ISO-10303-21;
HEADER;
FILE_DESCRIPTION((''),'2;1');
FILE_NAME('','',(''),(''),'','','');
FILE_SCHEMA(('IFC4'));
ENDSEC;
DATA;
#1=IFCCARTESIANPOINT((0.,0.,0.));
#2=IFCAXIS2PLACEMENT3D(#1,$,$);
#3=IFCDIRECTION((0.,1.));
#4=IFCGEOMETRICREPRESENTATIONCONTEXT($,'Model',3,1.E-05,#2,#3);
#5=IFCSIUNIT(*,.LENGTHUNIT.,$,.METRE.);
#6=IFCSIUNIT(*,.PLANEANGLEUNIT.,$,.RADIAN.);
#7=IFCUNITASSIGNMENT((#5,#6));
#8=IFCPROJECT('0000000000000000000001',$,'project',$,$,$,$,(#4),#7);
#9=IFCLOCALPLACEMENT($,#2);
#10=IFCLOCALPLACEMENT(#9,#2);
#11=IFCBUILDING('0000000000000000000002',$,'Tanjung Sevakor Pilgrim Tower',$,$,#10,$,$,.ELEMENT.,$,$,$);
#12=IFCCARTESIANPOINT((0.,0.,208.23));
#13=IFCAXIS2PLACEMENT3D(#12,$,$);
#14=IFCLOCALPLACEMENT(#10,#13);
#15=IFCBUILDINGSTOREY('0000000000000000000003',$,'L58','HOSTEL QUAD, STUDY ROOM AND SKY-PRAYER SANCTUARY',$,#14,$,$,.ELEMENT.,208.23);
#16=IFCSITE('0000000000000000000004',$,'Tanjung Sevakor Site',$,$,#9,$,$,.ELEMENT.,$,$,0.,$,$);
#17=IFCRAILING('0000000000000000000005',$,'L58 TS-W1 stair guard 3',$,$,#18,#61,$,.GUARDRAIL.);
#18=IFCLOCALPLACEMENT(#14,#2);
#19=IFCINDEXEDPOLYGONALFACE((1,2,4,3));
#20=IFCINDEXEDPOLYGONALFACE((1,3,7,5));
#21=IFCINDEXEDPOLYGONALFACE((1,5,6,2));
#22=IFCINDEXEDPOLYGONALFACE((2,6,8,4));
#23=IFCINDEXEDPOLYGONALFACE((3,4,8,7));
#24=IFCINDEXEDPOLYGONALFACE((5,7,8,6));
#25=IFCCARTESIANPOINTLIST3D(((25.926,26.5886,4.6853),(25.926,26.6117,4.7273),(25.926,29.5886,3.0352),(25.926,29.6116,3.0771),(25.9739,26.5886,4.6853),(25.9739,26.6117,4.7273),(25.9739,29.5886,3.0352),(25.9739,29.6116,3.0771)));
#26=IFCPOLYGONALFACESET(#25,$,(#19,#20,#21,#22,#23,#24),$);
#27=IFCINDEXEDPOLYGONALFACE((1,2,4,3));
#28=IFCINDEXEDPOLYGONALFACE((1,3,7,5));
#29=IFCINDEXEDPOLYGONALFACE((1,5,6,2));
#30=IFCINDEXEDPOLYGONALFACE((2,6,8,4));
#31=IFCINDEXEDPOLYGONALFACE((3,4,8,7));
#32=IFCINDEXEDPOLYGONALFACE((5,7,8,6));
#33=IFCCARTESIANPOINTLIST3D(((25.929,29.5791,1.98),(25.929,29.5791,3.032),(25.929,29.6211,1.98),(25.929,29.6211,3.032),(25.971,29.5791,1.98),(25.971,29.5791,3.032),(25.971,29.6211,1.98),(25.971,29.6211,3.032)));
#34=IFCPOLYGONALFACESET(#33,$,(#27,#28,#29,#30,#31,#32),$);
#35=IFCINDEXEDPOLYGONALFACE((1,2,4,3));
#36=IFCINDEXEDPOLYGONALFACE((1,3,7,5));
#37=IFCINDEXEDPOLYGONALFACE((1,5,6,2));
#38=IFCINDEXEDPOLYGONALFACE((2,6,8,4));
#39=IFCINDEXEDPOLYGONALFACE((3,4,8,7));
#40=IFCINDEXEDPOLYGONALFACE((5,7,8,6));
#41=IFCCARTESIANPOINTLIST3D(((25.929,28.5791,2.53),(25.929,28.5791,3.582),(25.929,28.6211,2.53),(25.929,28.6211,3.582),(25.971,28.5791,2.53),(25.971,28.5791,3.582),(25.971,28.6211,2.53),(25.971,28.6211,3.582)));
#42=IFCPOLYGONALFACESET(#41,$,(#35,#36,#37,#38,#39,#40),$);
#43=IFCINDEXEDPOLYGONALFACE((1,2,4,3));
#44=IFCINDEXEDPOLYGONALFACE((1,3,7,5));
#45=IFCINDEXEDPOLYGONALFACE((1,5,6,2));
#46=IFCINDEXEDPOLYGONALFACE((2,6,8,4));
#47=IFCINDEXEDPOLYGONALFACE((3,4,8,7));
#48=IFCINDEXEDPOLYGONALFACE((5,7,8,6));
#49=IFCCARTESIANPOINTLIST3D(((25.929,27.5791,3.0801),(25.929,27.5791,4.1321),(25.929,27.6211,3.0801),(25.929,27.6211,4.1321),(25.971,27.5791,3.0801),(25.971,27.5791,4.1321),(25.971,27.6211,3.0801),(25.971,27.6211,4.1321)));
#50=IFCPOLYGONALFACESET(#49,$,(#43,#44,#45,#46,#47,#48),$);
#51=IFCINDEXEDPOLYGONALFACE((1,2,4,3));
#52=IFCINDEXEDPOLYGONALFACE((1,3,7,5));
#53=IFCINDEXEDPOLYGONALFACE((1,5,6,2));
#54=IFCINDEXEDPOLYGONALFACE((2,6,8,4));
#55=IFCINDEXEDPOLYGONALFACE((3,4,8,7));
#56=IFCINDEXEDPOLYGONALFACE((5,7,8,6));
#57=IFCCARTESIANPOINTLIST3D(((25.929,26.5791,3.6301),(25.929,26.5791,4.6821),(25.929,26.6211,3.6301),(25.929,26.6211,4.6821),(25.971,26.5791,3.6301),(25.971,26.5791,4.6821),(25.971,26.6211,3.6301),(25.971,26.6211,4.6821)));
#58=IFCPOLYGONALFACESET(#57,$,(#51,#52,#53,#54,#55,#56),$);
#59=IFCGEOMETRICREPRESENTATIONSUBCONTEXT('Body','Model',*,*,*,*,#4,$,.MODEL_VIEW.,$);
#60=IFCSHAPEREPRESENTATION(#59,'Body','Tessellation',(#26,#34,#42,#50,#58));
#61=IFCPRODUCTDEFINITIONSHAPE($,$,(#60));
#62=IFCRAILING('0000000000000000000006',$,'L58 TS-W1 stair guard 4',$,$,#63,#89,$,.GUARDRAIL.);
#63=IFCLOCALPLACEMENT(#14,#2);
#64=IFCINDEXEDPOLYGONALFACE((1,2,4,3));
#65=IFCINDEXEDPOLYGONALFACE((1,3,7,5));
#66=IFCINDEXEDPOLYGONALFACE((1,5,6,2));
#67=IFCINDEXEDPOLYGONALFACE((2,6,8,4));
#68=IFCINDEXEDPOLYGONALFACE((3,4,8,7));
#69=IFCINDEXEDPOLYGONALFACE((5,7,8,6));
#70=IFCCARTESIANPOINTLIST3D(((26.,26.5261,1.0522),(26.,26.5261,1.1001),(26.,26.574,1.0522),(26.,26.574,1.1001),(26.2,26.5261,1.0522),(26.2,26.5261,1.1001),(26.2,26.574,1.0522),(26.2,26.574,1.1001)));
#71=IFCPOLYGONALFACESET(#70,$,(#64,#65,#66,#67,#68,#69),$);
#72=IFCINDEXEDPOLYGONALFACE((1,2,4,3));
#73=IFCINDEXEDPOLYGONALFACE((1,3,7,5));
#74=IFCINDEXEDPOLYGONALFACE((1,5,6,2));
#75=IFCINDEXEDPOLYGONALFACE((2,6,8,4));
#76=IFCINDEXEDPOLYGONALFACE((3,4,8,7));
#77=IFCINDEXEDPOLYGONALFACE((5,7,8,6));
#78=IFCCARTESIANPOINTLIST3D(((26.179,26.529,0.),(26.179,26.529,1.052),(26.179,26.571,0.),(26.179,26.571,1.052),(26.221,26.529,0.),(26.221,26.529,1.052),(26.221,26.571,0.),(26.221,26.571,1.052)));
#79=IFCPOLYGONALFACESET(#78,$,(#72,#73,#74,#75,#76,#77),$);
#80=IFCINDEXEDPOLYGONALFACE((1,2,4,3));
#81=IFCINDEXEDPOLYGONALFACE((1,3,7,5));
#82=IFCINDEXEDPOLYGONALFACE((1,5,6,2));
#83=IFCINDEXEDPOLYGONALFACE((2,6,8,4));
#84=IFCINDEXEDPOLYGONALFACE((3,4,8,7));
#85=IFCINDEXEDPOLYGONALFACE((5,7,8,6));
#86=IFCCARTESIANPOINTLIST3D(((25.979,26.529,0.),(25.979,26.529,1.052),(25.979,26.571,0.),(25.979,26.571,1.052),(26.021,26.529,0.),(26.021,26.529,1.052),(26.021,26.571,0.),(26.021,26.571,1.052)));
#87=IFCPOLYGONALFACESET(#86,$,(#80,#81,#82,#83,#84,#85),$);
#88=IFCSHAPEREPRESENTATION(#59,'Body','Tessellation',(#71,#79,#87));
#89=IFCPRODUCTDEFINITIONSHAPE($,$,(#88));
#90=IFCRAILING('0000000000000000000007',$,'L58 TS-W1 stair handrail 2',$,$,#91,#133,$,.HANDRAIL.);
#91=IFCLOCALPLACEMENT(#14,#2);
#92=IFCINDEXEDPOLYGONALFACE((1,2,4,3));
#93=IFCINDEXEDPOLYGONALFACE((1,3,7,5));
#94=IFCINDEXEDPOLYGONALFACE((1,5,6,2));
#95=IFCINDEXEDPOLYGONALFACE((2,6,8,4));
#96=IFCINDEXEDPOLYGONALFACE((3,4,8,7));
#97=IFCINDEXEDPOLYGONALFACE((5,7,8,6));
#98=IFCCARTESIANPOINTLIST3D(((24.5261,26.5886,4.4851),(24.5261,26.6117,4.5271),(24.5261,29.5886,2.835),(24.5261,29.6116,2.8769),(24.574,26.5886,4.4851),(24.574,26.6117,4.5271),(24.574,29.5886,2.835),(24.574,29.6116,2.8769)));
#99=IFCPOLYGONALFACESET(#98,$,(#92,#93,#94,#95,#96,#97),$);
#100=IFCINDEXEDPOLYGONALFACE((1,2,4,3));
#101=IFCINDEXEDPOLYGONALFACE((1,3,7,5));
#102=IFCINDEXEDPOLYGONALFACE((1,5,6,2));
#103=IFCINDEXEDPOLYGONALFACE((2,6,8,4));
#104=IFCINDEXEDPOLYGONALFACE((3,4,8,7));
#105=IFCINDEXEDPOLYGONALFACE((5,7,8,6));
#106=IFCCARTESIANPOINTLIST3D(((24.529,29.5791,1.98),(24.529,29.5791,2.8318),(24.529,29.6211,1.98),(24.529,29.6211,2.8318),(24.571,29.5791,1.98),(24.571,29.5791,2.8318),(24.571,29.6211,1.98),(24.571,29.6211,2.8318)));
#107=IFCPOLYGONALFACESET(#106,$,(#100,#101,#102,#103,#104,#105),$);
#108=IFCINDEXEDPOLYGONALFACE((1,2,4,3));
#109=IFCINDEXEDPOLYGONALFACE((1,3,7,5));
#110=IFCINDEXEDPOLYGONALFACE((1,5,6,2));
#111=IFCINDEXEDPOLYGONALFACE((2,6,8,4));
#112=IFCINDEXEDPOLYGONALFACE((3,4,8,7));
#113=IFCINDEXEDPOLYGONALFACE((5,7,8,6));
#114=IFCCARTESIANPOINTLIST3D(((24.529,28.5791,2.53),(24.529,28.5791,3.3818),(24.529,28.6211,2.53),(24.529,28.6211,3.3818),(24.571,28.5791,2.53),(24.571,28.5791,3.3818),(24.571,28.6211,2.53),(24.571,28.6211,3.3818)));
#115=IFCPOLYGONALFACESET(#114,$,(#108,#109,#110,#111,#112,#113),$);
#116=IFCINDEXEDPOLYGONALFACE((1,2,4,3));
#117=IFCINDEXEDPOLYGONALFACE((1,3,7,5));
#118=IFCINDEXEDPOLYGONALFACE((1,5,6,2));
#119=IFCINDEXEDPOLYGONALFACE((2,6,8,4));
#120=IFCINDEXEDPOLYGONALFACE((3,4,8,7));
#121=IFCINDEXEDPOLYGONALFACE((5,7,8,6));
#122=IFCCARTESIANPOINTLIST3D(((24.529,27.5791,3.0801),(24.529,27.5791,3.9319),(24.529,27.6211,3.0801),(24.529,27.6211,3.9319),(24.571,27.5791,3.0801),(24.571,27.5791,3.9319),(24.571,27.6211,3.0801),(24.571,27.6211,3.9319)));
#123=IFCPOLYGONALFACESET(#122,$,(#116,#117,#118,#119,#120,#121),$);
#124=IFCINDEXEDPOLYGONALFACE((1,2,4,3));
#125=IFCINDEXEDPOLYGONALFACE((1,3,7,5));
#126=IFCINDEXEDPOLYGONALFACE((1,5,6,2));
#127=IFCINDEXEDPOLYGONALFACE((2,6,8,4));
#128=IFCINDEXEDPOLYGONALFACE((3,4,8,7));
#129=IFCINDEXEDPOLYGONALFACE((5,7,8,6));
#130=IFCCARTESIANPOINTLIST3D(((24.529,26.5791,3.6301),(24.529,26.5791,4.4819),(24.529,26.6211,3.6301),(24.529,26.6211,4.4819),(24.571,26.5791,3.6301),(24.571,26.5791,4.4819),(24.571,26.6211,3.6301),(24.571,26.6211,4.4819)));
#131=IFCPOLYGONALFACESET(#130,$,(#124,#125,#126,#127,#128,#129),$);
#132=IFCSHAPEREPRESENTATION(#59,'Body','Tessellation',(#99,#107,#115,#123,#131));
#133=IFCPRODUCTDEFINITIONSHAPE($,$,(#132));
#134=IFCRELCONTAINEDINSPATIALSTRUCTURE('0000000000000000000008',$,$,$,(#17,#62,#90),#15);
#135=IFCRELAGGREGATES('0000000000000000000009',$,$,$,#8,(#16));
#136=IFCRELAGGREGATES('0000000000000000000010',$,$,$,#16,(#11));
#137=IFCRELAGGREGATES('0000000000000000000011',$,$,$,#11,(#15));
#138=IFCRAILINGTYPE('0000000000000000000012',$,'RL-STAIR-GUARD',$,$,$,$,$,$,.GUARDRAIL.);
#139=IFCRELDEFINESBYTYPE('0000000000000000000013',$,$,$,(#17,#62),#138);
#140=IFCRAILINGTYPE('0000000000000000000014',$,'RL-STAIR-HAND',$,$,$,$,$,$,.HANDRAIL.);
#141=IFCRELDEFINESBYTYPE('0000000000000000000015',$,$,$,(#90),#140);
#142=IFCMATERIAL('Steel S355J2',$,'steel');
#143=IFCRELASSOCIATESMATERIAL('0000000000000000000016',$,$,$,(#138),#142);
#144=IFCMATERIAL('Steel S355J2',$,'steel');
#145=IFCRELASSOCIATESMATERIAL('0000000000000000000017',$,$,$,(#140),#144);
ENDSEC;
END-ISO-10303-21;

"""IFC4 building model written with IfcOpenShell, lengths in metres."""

from ifc_helpers import new_model, si_unit, direction, frame, origin, place, context, subcontext, project, spatial, rectangle, extrude, material, type_object, element, save


model = new_model("IFC4")

# Units and contexts
model_context = context("Model", 3, precision=1e-05, world=origin(), true_north=direction((0.0, 1.0)))
body_context = subcontext(model_context, "Body", "Model", "MODEL_VIEW")
ifc_project = project(units=[si_unit("LENGTHUNIT", "METRE"), si_unit("PLANEANGLEUNIT", "RADIAN")], contexts=[model_context])

# Site, building, storey
site_placement = place(None, origin())
site = spatial("IfcSite", under=ifc_project, at=site_placement, Name="Tanjung Sevakor Site", CompositionType="ELEMENT", RefElevation=0.0)
building_placement = place(site_placement, origin())
building = spatial("IfcBuilding", under=site, at=building_placement, Name="Tanjung Sevakor Pilgrim Tower", CompositionType="ELEMENT")
storey_placement = place(building_placement, frame((0.0, 0.0, 208.23)))
storey = spatial("IfcBuildingStorey", under=building, at=storey_placement, Name="L58", Description="HOSTEL QUAD, STUDY ROOM AND SKY-PRAYER SANCTUARY", CompositionType="ELEMENT", Elevation=208.23)

# Railings
ifc_material_1 = material(Name="Steel S355J2", Category="steel")
railing_type_1 = type_object("IfcRailingType", Name="RL-STAIR-GUARD", PredefinedType="GUARDRAIL", material=ifc_material_1)
railing_1_placement = place(storey_placement, frame((25.95, 29.6001, 1.98)))
element("IfcRailing", 1, at=railing_1_placement, inside=storey, type_object=railing_type_1, Name="L58 TS-W1 stair guard 3", PredefinedType="GUARDRAIL", context=body_context, shape_type="SweptSolid", body=[
    extrude(rectangle(XDim=0.0479, YDim=0.0479), frame((0.0, 0.0, 1.0762), z_axis=(0.0, -0.876198, 0.481952), x_axis=(1.0, 0.0, 0.0)), (0.0, 0.0, 1.0), 3.4238),
    extrude(rectangle(XDim=0.042, YDim=0.042), origin(), (0.0, 0.0, 1.0), 1.052),
    extrude(rectangle(XDim=0.042, YDim=0.042), frame((0.0, -1.0, 0.55)), (0.0, 0.0, 1.0), 1.052),
    extrude(rectangle(XDim=0.042, YDim=0.042), frame((0.0, -2.0, 1.1001)), (0.0, 0.0, 1.0), 1.052),
    extrude(rectangle(XDim=0.042, YDim=0.042), frame((0.0, -3.0, 1.6501)), (0.0, 0.0, 1.0), 1.052),
])
railing_2_placement = place(storey_placement, frame((26.2, 26.55, 0.0)))
element("IfcRailing", 2, at=railing_2_placement, inside=storey, type_object=railing_type_1, Name="L58 TS-W1 stair guard 4", PredefinedType="GUARDRAIL", context=body_context, shape_type="SweptSolid", body=[
    extrude(rectangle(XDim=0.0479, YDim=0.0479), frame((0.0, 0.0, 1.0762), z_axis=(-1.0, 0.0, 0.0), x_axis=(0.0, -1.0, 0.0)), (0.0, 0.0, 1.0), 0.2),
    extrude(rectangle(XDim=0.042, YDim=0.042), origin(), (0.0, 0.0, 1.0), 1.052),
    extrude(rectangle(XDim=0.042, YDim=0.042), frame((-0.2, 0.0, 0.0)), (0.0, 0.0, 1.0), 1.052),
])
ifc_material_2 = material(Name="Steel S355J2", Category="steel")
railing_type_2 = type_object("IfcRailingType", Name="RL-STAIR-HAND", PredefinedType="HANDRAIL", material=ifc_material_2)
railing_3_placement = place(storey_placement, frame((24.55, 29.6001, 1.98)))
element("IfcRailing", 3, at=railing_3_placement, inside=storey, type_object=railing_type_2, Name="L58 TS-W1 stair handrail 2", PredefinedType="HANDRAIL", context=body_context, shape_type="SweptSolid", body=[
    extrude(rectangle(XDim=0.0479, YDim=0.0479), frame((0.0, 0.0, 0.876), z_axis=(0.0, -0.876198, 0.481952), x_axis=(1.0, 0.0, 0.0)), (0.0, 0.0, 1.0), 3.4238),
    extrude(rectangle(XDim=0.042, YDim=0.042), origin(), (0.0, 0.0, 1.0), 0.8518),
    extrude(rectangle(XDim=0.042, YDim=0.042), frame((0.0, -1.0, 0.55)), (0.0, 0.0, 1.0), 0.8518),
    extrude(rectangle(XDim=0.042, YDim=0.042), frame((0.0, -2.0, 1.1001)), (0.0, 0.0, 1.0), 0.8518),
    extrude(rectangle(XDim=0.042, YDim=0.042), frame((0.0, -3.0, 1.6501)), (0.0, 0.0, 1.0), 0.8518),
])

save(model, "model.ifc")
